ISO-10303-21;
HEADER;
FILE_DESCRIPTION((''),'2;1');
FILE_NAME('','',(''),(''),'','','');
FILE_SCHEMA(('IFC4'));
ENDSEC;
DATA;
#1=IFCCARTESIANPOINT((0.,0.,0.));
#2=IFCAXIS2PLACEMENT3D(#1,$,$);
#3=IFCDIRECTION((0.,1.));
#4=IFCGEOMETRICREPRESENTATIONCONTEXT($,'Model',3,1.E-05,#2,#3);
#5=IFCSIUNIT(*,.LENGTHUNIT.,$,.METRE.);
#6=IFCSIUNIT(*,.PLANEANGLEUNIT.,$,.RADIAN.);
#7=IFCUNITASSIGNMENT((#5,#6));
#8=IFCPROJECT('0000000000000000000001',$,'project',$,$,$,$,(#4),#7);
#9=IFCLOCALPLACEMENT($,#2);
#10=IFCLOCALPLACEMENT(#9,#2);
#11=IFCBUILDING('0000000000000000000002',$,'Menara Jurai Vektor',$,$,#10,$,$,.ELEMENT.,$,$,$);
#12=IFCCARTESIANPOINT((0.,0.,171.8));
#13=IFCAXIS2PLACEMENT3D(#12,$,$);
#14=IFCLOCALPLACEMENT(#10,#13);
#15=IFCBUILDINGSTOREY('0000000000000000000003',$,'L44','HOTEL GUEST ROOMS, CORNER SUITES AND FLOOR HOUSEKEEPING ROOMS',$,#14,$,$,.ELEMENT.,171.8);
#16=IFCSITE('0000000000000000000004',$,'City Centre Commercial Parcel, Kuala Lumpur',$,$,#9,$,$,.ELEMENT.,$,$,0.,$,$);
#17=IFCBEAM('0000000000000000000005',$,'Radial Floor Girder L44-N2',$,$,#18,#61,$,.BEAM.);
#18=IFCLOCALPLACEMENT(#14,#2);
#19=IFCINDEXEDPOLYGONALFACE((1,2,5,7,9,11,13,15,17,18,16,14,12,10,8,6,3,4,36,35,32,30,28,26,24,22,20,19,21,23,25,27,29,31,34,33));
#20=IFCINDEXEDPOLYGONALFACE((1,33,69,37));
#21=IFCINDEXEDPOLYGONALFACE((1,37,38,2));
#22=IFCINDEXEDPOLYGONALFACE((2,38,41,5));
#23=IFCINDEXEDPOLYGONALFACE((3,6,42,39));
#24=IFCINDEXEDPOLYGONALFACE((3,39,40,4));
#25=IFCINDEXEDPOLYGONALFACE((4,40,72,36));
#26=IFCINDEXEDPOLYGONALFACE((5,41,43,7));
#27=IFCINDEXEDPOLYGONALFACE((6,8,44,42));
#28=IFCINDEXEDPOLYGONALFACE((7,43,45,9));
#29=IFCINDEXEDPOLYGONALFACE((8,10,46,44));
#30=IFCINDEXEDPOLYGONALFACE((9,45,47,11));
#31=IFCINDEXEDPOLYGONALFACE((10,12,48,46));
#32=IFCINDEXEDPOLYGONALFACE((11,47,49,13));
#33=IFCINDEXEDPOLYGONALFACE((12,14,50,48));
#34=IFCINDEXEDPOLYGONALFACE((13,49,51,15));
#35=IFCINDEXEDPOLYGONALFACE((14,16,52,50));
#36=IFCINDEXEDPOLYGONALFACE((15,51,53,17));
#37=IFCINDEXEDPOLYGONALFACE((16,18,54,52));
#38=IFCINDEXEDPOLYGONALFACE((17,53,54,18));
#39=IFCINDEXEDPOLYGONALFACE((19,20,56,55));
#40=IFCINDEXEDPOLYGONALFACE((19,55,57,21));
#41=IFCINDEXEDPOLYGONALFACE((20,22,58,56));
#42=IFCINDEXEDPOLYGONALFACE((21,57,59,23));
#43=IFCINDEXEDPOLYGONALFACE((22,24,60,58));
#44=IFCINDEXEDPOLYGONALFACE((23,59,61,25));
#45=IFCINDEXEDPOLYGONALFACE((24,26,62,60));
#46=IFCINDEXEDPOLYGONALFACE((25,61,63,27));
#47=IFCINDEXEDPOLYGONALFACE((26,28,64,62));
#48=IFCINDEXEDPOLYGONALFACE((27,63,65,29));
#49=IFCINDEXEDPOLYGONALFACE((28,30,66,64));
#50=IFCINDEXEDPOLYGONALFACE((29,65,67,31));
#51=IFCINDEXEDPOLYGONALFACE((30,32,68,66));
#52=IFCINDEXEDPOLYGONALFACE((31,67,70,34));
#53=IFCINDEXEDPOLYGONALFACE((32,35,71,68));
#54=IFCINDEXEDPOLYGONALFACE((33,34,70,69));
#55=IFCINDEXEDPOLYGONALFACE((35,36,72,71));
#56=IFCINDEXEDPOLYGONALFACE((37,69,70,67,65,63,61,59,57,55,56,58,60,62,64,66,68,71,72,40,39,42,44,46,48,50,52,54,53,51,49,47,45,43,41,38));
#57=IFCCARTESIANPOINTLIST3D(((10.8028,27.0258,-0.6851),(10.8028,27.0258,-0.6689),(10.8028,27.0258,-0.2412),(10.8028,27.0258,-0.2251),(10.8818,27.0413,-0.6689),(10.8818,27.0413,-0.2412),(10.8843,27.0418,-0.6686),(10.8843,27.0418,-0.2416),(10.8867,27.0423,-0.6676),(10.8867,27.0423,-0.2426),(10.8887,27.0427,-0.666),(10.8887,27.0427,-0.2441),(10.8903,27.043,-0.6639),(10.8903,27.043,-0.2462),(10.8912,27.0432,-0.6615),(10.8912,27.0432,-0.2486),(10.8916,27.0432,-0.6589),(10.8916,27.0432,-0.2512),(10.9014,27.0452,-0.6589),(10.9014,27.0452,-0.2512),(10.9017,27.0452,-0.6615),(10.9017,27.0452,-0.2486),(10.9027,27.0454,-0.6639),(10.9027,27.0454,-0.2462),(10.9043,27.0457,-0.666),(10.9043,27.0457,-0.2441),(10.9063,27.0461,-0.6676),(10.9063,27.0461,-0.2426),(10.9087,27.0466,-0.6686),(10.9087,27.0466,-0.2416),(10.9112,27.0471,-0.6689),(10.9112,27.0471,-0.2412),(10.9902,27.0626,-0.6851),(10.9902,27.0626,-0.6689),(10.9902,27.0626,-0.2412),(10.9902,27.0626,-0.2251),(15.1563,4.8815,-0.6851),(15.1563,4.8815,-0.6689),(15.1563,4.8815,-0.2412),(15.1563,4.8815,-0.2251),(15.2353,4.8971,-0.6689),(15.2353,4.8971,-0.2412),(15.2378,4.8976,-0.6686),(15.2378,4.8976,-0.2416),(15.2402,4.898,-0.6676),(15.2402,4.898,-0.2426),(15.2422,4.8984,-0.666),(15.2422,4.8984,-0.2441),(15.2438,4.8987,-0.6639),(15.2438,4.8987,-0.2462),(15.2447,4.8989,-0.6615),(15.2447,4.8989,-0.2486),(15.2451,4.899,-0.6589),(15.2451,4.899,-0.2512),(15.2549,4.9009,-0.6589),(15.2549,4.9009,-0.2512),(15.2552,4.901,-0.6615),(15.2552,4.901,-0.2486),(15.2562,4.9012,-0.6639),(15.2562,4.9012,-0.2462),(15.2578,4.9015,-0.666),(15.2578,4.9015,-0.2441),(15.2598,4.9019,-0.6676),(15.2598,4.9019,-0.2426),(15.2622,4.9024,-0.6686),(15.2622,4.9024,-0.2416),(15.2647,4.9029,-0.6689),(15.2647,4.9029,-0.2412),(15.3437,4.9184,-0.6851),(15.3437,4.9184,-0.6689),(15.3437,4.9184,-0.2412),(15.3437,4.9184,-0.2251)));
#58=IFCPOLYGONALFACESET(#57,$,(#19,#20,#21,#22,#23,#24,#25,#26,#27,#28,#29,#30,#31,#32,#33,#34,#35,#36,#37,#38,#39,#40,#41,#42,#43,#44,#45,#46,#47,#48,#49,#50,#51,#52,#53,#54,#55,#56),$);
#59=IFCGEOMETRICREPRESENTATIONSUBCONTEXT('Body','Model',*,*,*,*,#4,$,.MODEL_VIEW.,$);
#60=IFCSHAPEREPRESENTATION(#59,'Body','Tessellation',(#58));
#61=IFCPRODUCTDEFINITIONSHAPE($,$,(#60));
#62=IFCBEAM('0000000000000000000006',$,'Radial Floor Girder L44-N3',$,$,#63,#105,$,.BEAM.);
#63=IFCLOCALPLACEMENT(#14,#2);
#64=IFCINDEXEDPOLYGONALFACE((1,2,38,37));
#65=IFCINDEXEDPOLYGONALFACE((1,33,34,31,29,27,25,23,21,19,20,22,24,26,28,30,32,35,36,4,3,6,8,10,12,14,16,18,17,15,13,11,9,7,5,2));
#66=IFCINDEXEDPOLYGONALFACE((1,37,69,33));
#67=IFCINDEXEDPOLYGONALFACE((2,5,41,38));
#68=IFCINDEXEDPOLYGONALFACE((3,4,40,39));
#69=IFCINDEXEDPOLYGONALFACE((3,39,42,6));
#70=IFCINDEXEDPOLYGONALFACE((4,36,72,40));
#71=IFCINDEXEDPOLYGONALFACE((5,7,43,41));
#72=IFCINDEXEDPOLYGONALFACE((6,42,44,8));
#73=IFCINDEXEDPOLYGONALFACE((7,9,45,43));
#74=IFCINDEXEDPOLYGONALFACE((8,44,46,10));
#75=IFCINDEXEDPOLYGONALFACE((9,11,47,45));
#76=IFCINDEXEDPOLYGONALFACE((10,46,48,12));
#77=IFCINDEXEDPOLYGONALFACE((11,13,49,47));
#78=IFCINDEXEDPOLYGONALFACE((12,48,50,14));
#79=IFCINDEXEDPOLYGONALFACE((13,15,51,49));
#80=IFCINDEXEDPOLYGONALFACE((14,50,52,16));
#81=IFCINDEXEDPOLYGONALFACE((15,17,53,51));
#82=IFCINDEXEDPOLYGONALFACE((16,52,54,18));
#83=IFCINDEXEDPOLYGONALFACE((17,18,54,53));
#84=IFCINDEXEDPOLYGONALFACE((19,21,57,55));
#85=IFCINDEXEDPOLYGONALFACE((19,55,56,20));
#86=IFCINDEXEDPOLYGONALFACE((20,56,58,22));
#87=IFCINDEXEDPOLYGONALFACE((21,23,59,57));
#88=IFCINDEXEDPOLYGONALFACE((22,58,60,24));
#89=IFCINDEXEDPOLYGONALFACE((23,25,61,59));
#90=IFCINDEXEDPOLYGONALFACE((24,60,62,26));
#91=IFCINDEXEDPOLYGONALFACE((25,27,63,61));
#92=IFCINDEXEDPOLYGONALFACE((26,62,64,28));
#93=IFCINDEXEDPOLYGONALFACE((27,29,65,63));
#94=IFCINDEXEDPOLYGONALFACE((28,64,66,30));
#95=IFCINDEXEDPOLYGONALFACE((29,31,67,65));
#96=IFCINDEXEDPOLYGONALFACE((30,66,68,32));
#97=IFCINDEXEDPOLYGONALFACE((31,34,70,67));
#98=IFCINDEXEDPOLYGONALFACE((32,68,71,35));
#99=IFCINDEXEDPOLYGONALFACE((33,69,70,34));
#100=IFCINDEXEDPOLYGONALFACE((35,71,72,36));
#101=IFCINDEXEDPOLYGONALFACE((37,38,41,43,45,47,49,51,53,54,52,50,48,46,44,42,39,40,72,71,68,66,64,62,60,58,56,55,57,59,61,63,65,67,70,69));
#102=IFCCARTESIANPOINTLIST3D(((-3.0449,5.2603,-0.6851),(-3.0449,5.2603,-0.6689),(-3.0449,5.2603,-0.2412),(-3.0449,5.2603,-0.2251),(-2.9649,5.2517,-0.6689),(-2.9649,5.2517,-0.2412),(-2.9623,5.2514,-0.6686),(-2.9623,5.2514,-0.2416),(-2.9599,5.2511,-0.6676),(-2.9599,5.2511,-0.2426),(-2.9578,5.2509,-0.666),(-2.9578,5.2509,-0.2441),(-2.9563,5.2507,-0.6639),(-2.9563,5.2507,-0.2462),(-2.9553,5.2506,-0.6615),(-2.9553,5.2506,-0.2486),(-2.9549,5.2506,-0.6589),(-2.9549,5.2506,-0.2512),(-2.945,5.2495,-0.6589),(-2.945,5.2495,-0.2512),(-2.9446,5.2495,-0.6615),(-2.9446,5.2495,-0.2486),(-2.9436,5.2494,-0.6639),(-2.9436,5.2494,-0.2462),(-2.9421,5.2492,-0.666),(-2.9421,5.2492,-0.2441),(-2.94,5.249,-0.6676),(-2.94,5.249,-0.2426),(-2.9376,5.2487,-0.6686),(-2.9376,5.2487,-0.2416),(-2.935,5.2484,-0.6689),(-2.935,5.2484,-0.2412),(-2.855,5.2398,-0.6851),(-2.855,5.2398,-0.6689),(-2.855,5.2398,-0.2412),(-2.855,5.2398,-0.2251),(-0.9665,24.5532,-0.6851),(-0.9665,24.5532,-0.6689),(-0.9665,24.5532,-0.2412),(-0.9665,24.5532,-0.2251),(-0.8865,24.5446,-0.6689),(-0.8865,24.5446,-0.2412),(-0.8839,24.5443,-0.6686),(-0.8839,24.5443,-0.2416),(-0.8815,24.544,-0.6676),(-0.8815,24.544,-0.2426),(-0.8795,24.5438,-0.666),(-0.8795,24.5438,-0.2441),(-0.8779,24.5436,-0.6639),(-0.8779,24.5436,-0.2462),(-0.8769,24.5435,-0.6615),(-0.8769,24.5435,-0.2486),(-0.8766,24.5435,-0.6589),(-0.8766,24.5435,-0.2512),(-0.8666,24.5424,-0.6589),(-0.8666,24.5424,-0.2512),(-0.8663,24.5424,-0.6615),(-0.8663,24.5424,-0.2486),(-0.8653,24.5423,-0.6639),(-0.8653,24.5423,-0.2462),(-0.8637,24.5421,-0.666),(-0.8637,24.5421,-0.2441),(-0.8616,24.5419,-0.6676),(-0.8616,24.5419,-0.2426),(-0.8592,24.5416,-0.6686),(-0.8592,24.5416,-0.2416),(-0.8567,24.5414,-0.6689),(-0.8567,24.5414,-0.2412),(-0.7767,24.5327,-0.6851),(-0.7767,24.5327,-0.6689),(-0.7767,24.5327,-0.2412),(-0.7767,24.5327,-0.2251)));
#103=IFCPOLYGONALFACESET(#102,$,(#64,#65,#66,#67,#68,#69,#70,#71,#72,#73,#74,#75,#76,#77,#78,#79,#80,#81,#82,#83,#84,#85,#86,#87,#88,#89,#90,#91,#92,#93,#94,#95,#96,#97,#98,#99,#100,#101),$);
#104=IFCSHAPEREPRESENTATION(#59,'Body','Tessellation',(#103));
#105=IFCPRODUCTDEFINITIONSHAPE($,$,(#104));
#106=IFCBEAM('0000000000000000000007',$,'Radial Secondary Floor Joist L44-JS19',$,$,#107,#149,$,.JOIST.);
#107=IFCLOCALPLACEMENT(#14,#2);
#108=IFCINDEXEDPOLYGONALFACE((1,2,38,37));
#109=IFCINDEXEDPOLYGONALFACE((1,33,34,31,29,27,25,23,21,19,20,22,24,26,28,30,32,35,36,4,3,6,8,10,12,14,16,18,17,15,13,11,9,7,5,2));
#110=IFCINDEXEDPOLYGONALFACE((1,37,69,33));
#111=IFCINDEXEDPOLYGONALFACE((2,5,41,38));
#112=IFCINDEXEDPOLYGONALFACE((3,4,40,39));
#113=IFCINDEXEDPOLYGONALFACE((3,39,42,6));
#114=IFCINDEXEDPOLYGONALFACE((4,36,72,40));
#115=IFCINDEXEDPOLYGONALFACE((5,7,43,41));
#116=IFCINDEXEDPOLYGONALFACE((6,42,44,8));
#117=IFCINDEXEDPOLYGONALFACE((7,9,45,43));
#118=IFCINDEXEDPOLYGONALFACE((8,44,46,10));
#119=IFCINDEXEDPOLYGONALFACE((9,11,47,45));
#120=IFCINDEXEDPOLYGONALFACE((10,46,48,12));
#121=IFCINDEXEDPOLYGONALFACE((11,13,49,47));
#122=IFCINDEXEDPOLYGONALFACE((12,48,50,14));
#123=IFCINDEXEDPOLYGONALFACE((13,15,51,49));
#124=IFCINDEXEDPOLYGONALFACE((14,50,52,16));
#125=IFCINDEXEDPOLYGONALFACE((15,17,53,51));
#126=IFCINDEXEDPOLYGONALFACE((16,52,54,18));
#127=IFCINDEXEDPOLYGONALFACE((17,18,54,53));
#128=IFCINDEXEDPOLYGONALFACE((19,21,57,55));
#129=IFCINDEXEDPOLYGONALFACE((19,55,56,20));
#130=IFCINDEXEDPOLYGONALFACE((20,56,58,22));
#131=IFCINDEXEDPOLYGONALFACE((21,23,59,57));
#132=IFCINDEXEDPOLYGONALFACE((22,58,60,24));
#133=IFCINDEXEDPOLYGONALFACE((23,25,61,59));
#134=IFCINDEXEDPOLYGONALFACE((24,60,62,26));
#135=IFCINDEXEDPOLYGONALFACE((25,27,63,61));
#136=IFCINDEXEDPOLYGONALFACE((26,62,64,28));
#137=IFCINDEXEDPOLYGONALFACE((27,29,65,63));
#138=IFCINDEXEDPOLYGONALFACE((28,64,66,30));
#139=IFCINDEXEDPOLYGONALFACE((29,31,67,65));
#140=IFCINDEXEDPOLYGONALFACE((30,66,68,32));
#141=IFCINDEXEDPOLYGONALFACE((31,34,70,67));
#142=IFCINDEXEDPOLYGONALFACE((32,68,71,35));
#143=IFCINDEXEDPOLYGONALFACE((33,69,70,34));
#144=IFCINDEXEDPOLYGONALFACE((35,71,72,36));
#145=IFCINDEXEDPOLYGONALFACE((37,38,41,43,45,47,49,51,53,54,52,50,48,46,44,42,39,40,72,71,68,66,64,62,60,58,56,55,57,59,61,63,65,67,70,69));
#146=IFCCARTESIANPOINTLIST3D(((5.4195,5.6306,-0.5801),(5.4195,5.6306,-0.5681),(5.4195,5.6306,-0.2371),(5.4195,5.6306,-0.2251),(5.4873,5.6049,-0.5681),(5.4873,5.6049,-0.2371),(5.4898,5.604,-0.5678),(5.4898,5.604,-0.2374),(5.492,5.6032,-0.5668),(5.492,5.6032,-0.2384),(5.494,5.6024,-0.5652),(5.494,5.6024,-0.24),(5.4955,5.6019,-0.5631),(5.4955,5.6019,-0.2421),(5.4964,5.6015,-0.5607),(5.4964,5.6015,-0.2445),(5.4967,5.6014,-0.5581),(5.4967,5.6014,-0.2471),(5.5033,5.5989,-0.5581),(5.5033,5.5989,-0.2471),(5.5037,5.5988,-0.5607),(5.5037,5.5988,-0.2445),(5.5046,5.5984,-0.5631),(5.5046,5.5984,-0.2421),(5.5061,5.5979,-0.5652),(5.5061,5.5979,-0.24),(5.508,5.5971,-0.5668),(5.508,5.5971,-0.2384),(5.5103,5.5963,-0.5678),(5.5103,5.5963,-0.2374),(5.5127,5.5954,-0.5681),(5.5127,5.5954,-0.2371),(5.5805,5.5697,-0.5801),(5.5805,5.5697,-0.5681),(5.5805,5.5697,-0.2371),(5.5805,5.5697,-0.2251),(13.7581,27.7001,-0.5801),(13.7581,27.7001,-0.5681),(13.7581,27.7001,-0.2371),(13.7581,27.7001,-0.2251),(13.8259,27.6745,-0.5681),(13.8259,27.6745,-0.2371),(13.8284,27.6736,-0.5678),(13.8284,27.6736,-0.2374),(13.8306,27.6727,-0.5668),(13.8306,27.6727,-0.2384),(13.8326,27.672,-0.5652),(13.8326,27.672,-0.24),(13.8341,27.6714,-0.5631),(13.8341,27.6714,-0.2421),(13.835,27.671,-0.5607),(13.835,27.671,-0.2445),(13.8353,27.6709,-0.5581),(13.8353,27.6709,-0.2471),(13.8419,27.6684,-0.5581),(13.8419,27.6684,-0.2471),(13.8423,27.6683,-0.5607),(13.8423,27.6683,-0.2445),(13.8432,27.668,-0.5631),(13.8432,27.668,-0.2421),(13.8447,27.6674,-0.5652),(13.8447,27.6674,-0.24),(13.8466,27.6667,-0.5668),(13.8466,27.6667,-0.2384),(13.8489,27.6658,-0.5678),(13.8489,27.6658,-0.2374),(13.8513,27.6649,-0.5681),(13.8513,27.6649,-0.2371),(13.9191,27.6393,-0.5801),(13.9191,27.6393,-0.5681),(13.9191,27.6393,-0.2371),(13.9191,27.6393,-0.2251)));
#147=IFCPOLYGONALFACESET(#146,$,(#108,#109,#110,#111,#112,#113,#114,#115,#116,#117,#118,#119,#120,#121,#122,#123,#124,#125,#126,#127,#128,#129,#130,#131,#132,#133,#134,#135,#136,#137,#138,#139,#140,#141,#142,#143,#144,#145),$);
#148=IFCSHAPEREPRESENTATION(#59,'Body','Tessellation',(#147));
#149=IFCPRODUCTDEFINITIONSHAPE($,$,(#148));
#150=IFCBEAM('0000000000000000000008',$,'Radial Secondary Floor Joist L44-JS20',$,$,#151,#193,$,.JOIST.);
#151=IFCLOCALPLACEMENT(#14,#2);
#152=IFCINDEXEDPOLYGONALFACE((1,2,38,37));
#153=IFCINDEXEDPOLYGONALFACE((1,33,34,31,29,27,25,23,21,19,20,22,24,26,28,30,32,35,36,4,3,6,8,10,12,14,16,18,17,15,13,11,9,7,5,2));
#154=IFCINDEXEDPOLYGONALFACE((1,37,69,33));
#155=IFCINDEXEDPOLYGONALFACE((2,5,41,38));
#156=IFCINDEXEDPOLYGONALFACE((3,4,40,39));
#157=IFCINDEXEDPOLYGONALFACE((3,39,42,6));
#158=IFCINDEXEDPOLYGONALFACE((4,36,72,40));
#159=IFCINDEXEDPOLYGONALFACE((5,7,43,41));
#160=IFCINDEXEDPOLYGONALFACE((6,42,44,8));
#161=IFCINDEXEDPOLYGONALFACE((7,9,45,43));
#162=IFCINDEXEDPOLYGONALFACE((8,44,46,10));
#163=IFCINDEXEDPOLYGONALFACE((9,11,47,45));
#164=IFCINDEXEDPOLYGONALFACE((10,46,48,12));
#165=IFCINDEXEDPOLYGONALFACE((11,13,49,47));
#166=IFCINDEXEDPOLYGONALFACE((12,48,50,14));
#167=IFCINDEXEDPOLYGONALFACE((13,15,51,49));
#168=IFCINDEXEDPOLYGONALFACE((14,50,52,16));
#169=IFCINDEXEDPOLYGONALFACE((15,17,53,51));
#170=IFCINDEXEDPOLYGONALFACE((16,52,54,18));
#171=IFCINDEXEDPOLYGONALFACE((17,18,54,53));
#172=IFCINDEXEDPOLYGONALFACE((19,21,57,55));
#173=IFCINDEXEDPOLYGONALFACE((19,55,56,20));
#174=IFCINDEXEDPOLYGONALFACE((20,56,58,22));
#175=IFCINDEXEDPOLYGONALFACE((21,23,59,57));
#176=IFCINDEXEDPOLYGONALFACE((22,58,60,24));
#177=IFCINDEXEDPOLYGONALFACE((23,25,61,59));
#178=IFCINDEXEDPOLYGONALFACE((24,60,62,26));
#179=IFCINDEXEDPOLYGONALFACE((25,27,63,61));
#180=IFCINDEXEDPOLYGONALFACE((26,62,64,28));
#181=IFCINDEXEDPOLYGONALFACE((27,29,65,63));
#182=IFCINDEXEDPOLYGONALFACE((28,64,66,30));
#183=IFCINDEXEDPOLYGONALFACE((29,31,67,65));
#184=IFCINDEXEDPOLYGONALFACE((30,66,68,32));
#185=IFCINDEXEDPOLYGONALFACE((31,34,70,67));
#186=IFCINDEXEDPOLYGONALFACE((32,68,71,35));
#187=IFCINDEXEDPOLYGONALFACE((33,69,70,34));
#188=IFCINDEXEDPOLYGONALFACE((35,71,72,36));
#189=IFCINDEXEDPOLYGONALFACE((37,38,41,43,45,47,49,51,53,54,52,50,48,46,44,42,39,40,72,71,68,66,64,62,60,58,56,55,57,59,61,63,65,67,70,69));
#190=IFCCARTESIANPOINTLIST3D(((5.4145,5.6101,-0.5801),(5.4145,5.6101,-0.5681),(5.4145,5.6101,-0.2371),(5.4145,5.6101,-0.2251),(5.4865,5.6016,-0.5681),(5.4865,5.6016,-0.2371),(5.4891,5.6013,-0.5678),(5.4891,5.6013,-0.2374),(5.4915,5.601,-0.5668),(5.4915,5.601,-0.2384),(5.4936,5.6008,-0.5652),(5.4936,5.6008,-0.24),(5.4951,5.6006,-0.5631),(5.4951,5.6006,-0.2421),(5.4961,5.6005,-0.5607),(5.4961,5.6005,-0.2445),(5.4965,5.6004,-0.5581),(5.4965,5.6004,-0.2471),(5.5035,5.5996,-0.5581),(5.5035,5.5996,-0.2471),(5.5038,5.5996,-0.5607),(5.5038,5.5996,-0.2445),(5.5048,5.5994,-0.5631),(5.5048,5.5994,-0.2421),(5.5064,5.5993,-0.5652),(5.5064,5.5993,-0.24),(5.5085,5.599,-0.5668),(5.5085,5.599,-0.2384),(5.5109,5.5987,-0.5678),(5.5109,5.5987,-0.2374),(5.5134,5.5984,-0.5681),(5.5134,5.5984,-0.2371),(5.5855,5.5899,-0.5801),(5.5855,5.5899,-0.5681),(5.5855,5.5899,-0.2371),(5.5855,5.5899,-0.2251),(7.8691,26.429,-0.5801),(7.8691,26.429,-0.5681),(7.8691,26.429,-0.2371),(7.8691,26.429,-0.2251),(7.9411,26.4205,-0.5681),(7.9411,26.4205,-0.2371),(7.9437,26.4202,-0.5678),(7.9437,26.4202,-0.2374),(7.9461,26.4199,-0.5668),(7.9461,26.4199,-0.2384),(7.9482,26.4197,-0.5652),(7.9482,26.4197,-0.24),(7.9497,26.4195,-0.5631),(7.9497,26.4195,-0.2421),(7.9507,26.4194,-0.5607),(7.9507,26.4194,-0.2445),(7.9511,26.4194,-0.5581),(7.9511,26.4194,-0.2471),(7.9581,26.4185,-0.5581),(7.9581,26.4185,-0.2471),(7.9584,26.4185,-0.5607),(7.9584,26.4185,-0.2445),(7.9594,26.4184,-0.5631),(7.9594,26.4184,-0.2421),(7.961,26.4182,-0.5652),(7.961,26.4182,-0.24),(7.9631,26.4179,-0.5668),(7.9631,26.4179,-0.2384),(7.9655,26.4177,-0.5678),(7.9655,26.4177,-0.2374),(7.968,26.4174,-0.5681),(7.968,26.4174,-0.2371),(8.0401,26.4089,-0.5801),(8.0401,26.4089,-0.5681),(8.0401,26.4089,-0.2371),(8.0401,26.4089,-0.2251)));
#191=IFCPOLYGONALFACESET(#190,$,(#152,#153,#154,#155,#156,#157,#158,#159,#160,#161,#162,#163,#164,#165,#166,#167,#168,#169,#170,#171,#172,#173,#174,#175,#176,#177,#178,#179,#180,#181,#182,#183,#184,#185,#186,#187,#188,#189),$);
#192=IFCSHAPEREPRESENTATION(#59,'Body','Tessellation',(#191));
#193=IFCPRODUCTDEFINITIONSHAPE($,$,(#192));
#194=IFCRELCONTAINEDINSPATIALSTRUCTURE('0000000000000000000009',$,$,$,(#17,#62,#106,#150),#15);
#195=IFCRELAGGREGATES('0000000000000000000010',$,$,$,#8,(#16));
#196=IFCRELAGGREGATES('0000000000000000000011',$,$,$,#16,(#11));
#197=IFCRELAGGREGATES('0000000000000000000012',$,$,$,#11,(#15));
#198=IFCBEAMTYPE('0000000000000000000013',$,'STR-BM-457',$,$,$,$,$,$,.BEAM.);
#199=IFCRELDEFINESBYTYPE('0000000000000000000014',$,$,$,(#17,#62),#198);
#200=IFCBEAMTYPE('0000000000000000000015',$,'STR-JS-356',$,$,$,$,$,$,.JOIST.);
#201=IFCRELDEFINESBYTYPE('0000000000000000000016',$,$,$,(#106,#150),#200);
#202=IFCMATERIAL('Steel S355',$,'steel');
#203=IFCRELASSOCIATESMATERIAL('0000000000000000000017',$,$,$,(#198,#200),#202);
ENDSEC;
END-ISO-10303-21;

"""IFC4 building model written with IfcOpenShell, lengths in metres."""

from ifc_helpers import new_model, si_unit, direction, frame, origin, origin_2d, place, context, subcontext, project, spatial, i_section, extrude, material, material_profile, profile_set, type_object, element, save


model = new_model("IFC4")

# Units and contexts
model_context = context("Model", 3, precision=1e-05, world=origin(), true_north=direction((0.0, 1.0)))
body_context = subcontext(model_context, "Body", "Model", "MODEL_VIEW")
ifc_project = project(units=[si_unit("LENGTHUNIT", "METRE"), si_unit("PLANEANGLEUNIT", "RADIAN")], contexts=[model_context])

# Site, building, storey
site_placement = place(None, origin())
site = spatial("IfcSite", under=ifc_project, at=site_placement, Name="City Centre Commercial Parcel, Kuala Lumpur", CompositionType="ELEMENT", RefElevation=0.0)
building_placement = place(site_placement, origin())
building = spatial("IfcBuilding", under=site, at=building_placement, Name="Menara Jurai Vektor", CompositionType="ELEMENT")
storey_placement = place(building_placement, frame((0.0, 0.0, 171.8)))
storey = spatial("IfcBuildingStorey", under=building, at=storey_placement, Name="L44", Description="HOTEL GUEST ROOMS, CORNER SUITES AND FLOOR HOUSEKEEPING ROOMS", CompositionType="ELEMENT", Elevation=171.8)

# Beams
ifc_material_1 = material(Name="Steel S355", Category="steel")
ifc_material_profile_1 = material_profile(ifc_material_1, i_section(OverallWidth=0.1909, OverallDepth=0.46, WebThickness=0.01, FlangeThickness=0.0161, FilletRadius=0.01, at=origin_2d()), Name="UKB 457x191x82")
ifc_profile_set_1 = profile_set([ifc_material_profile_1], Name="Steel S355")
beam_type_1 = type_object("IfcBeamType", Name="STR-BM-457", PredefinedType="BEAM", material=ifc_profile_set_1)
beam_1_placement = place(storey_placement, frame((10.8965, 27.0442, -0.4551), z_axis=(0.192905, -0.981217, 0.0), x_axis=(0.981217, 0.192905, 0.0)))
element("IfcBeam", 1, at=beam_1_placement, inside=storey, type_object=beam_type_1, Name="Radial Floor Girder L44-N2", PredefinedType="BEAM", context=body_context, shape_type="SweptSolid", body=[
    extrude(i_section(OverallWidth=0.1909, OverallDepth=0.46, WebThickness=0.01, FlangeThickness=0.0161, FilletRadius=0.01, at=origin_2d()), origin(), (0.0, 0.0, 1.0), 22.5681),
])
beam_2_placement = place(storey_placement, frame((-0.8716, 24.543, -0.4551), z_axis=(-0.107107, -0.994247, 0.0), x_axis=(0.994247, -0.107107, 0.0)))
element("IfcBeam", 2, at=beam_2_placement, inside=storey, type_object=beam_type_1, Name="Radial Floor Girder L44-N3", PredefinedType="BEAM", context=body_context, shape_type="SweptSolid", body=[
    extrude(i_section(OverallWidth=0.1909, OverallDepth=0.46, WebThickness=0.01, FlangeThickness=0.0161, FilletRadius=0.01, at=origin_2d()), origin(), (0.0, 0.0, 1.0), 19.4045),
])
ifc_material_profile_2 = material_profile(ifc_material_1, i_section(OverallWidth=0.1721, OverallDepth=0.355, WebThickness=0.0071, FlangeThickness=0.012, FilletRadius=0.01, at=origin_2d()), Name="UKB 356x171x51")
ifc_profile_set_2 = profile_set([ifc_material_profile_2], Name="Steel S355")
beam_type_2 = type_object("IfcBeamType", Name="STR-JS-356", PredefinedType="JOIST", material=ifc_profile_set_2)
beam_3_placement = place(storey_placement, frame((13.8386, 27.6697, -0.4026), z_axis=(-0.353446, -0.935455, 0.0), x_axis=(0.935455, -0.353446, 0.0)))
element("IfcBeam", 3, at=beam_3_placement, inside=storey, type_object=beam_type_2, Name="Radial Secondary Floor Joist L44-JS19", PredefinedType="JOIST", context=body_context, shape_type="SweptSolid", body=[
    extrude(i_section(OverallWidth=0.1721, OverallDepth=0.355, WebThickness=0.0071, FlangeThickness=0.012, FilletRadius=0.01, at=origin_2d()), origin(), (0.0, 0.0, 1.0), 23.5923),
])
beam_4_placement = place(storey_placement, frame((7.9546, 26.4189, -0.4026), z_axis=(-0.117091, -0.993121, 0.0), x_axis=(0.993121, -0.117091, 0.0)))
element("IfcBeam", 4, at=beam_4_placement, inside=storey, type_object=beam_type_2, Name="Radial Secondary Floor Joist L44-JS20", PredefinedType="JOIST", context=body_context, shape_type="SweptSolid", body=[
    extrude(i_section(OverallWidth=0.1721, OverallDepth=0.355, WebThickness=0.0071, FlangeThickness=0.012, FilletRadius=0.01, at=origin_2d()), origin(), (0.0, 0.0, 1.0), 20.9631),
])

save(model, "model.ifc")
